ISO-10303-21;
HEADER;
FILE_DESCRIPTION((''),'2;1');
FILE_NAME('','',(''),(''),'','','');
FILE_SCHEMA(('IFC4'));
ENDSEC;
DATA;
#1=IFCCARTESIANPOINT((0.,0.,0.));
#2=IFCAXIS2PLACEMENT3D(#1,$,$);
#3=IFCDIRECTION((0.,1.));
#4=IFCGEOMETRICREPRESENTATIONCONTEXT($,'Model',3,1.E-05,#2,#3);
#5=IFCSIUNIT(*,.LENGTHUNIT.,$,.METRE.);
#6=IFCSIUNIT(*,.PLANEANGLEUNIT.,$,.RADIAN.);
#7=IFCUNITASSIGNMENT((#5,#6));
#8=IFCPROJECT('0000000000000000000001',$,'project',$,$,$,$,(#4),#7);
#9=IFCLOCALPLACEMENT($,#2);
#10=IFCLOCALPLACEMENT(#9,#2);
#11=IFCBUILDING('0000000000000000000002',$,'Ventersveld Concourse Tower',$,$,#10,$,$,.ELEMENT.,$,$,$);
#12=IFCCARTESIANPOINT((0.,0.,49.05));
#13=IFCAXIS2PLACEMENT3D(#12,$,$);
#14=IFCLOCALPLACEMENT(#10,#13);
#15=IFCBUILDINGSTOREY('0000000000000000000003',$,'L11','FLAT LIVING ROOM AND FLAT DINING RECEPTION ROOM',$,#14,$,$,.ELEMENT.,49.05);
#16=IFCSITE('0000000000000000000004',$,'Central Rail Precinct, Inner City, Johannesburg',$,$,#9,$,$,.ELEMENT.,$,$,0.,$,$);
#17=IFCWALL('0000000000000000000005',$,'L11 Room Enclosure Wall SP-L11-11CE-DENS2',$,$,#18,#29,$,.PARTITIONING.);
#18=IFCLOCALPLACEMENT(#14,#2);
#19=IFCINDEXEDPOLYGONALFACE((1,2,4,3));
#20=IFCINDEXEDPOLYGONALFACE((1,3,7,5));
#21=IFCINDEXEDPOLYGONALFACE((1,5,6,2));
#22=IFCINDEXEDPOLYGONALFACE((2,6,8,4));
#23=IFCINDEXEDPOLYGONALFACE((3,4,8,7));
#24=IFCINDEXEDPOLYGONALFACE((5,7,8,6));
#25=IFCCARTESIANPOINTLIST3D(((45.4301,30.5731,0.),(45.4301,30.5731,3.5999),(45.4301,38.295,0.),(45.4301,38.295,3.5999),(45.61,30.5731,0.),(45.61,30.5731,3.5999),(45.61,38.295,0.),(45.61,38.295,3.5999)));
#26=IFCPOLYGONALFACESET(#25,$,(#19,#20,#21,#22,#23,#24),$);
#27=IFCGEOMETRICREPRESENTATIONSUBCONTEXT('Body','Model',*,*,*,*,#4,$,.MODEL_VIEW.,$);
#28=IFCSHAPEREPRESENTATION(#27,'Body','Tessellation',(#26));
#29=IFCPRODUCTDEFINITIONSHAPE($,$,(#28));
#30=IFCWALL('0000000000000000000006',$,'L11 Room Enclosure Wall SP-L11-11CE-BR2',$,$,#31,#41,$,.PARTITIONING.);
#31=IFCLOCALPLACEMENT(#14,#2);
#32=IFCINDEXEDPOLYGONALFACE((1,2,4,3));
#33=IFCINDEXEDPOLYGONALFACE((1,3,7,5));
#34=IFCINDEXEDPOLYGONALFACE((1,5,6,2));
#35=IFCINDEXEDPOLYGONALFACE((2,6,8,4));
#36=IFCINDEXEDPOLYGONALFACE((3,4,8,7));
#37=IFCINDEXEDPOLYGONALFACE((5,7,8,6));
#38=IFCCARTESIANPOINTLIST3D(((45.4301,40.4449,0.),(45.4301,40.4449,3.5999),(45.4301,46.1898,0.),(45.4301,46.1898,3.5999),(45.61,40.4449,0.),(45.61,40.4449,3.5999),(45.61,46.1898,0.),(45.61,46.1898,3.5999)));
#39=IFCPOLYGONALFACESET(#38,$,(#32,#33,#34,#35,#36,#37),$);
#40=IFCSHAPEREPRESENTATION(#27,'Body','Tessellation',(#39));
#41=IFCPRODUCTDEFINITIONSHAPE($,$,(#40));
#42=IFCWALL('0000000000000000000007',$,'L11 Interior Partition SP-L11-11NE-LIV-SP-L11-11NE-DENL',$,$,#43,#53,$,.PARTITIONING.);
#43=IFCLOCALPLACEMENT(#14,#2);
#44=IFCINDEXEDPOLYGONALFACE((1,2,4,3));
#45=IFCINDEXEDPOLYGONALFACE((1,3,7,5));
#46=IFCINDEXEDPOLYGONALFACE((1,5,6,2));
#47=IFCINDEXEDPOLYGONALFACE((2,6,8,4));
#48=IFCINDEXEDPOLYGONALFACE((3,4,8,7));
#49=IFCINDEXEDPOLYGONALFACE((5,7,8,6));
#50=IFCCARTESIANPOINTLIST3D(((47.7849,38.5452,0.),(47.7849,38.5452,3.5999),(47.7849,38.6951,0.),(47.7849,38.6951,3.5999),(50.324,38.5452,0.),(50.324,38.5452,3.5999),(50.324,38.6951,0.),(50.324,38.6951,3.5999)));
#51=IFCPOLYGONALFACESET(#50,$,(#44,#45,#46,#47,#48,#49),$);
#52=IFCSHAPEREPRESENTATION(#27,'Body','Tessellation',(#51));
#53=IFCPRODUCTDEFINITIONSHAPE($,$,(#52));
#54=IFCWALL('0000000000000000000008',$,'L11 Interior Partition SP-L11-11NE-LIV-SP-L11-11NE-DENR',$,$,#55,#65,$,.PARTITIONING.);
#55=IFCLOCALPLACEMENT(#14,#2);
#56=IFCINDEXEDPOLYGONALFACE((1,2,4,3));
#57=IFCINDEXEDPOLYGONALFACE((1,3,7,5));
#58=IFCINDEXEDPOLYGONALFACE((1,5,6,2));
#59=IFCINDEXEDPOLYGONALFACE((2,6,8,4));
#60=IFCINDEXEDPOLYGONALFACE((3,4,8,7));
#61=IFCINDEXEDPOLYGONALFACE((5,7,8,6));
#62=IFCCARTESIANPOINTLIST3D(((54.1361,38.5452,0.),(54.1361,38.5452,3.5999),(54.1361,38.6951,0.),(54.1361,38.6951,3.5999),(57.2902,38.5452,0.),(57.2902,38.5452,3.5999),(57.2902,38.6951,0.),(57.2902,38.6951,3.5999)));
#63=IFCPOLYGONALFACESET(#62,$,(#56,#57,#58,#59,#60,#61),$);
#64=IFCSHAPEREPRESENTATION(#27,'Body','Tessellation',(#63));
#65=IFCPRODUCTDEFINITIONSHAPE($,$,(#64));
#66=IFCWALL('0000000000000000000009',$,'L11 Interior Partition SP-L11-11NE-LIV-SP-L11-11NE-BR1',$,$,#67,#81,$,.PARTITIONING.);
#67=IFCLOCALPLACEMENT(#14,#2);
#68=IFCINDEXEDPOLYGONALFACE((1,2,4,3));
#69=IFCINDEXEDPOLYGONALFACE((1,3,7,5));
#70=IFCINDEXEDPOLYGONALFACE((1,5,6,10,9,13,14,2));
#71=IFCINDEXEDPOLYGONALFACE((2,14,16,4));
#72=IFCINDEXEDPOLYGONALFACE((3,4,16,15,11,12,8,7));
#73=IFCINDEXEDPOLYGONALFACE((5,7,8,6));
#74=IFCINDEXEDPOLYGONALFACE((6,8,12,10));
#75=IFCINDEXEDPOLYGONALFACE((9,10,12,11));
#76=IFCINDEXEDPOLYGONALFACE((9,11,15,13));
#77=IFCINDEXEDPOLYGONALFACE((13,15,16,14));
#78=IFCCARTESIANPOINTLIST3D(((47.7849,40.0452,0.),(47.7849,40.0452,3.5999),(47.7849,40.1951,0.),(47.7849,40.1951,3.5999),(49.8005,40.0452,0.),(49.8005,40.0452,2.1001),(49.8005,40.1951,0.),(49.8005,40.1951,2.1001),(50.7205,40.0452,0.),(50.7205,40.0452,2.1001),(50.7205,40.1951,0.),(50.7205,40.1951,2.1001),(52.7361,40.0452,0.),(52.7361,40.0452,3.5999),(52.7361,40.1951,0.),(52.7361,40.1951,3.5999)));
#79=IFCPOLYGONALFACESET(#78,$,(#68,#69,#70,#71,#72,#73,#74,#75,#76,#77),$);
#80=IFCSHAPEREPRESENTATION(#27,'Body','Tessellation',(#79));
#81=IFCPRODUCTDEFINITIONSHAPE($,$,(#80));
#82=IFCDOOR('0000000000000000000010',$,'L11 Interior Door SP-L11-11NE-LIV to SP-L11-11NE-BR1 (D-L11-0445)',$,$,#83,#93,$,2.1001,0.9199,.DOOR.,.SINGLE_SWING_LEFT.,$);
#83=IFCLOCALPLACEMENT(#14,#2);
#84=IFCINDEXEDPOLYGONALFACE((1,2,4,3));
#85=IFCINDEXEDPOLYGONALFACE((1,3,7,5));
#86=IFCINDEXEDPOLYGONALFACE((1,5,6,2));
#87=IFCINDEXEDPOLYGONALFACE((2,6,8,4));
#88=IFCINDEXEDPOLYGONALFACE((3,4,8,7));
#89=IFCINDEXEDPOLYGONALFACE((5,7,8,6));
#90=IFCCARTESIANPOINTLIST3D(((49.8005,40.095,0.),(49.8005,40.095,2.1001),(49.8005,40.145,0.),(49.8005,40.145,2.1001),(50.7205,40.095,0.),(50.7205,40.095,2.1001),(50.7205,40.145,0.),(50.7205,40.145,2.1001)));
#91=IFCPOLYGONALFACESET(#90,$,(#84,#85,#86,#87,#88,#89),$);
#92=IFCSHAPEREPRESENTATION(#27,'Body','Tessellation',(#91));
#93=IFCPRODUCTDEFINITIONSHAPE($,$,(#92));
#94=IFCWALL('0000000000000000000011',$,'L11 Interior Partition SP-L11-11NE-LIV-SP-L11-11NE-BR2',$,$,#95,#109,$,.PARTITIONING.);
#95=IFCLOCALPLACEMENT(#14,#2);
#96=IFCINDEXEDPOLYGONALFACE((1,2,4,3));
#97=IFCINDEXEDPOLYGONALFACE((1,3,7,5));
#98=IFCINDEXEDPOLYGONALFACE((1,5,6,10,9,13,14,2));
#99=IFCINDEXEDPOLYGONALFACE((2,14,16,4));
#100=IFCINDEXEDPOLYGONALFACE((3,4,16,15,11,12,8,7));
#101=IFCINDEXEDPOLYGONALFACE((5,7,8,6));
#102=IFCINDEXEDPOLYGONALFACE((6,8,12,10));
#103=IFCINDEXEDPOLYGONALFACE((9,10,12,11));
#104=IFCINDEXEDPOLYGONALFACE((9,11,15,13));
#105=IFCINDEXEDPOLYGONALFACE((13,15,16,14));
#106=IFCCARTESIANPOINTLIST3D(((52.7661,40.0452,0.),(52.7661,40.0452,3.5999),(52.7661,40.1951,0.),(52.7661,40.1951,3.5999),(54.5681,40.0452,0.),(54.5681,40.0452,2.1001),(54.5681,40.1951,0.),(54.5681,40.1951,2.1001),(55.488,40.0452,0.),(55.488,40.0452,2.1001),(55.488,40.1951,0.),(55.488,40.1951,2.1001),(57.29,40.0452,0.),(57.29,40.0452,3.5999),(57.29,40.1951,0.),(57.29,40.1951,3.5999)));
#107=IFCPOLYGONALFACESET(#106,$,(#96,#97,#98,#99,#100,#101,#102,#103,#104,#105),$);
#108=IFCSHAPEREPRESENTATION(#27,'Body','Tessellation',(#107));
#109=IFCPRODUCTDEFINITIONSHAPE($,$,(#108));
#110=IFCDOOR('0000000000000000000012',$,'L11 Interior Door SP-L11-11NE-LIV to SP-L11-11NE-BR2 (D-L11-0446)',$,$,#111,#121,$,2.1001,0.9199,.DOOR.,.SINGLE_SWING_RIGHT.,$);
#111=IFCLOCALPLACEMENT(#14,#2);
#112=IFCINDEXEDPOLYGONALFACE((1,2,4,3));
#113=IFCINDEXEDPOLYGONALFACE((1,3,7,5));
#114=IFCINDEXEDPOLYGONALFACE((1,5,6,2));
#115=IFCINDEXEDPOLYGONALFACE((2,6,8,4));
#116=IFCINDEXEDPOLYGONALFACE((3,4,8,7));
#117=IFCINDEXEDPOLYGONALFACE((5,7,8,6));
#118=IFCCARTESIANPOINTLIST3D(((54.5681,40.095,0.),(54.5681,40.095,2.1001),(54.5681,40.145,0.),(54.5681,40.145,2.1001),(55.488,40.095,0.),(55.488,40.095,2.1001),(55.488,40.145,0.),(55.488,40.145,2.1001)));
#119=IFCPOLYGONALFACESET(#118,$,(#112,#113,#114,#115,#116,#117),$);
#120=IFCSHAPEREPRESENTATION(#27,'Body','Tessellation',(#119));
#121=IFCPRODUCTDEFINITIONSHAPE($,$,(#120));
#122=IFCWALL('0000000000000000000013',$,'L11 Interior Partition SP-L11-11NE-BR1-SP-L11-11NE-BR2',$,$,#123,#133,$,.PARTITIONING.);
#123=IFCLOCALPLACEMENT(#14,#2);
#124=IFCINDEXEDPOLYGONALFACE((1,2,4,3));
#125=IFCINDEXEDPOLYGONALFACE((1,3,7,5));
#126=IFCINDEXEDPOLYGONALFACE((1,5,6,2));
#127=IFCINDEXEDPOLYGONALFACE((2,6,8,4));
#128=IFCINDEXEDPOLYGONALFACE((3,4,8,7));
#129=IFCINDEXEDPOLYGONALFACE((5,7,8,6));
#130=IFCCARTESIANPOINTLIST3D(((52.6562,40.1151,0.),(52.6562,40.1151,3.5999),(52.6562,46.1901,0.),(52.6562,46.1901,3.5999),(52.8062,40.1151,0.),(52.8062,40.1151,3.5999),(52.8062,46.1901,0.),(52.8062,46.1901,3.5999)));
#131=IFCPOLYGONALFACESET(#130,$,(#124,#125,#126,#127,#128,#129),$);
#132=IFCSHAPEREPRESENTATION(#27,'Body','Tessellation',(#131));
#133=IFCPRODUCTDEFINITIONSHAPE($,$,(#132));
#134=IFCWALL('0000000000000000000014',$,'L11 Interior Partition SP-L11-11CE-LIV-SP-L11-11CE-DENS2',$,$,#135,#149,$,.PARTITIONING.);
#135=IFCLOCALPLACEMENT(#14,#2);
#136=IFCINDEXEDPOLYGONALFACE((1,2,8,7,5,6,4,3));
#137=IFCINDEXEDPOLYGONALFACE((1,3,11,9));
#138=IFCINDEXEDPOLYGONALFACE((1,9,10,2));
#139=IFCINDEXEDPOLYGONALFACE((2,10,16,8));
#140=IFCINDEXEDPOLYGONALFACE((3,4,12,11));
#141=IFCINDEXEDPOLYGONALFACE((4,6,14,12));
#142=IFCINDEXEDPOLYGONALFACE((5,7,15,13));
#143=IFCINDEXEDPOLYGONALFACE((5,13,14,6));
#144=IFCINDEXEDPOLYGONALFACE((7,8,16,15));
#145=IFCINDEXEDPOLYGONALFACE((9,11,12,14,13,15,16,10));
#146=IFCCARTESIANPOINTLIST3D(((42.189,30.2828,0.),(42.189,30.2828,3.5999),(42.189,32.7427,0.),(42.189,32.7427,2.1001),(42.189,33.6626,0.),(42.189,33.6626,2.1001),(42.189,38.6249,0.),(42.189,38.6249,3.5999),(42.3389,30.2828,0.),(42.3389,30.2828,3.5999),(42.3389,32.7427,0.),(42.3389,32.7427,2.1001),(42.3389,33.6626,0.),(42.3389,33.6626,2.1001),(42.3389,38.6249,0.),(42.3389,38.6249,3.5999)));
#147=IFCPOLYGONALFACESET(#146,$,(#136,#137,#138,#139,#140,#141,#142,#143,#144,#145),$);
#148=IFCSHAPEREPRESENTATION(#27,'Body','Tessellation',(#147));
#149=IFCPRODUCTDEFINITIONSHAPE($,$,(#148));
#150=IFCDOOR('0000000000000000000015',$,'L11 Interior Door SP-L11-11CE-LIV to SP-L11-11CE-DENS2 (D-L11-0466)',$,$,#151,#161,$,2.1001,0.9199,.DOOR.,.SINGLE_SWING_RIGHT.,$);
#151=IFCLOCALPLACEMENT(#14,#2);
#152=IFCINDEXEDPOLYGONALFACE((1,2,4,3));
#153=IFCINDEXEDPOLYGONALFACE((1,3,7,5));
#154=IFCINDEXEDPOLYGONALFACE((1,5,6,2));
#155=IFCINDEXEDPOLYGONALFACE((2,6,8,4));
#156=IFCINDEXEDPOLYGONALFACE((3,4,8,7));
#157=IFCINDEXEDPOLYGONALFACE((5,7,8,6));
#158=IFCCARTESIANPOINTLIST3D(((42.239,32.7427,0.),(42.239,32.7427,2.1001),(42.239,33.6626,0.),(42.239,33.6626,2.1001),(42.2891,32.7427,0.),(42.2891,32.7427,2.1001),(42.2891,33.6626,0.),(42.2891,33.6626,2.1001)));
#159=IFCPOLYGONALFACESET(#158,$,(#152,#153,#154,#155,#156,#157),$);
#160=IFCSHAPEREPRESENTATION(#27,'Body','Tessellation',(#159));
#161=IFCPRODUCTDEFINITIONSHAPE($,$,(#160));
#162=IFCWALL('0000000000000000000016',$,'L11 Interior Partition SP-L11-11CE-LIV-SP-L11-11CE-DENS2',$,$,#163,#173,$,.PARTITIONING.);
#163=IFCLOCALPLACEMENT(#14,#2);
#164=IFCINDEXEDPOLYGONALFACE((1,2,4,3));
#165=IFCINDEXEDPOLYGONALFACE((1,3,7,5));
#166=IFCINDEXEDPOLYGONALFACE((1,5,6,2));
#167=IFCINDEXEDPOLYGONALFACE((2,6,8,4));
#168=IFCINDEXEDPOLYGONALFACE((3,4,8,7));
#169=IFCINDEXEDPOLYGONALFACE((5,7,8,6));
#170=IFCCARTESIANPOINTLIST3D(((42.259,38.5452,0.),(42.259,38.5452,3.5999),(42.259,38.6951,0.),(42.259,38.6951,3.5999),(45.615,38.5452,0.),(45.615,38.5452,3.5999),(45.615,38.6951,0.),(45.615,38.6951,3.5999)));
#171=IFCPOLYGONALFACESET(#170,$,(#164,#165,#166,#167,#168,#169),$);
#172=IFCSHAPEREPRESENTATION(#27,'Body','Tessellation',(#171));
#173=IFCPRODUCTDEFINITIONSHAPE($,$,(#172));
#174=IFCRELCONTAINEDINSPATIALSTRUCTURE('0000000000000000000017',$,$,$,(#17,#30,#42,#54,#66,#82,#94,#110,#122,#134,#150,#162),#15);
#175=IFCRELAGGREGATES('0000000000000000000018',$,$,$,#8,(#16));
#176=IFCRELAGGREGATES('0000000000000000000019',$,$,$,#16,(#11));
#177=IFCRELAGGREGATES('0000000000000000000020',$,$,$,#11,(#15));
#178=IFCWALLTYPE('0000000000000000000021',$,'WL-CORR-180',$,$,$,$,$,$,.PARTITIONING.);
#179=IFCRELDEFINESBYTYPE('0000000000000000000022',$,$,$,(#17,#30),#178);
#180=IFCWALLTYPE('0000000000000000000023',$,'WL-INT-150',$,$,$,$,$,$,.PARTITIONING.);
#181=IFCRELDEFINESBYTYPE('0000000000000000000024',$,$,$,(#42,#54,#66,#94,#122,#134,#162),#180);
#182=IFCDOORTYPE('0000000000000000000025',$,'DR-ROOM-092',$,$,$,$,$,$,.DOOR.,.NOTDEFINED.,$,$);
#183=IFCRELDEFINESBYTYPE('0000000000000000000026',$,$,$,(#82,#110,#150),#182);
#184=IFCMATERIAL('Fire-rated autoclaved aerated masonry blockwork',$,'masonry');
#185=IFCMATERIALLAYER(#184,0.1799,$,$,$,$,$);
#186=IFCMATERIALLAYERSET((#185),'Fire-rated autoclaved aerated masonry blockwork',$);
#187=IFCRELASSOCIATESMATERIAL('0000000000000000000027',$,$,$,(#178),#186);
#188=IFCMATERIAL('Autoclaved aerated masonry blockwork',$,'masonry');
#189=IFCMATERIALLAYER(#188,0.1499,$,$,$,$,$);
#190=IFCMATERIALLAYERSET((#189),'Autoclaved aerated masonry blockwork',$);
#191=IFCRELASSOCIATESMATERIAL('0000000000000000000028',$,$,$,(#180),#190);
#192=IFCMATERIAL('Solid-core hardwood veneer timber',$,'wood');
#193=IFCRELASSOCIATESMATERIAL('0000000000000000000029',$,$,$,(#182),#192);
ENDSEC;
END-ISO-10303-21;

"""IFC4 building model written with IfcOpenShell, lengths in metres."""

from ifc_helpers import new_model, si_unit, direction, frame, frame_2d, origin, place, context, subcontext, project, spatial, rectangle, extrude, material, layer, layer_set, type_object, element, fill, save


model = new_model("IFC4")

# Units and contexts
model_context = context("Model", 3, precision=1e-05, world=origin(), true_north=direction((0.0, 1.0)))
body_context = subcontext(model_context, "Body", "Model", "MODEL_VIEW")
ifc_project = project(units=[si_unit("LENGTHUNIT", "METRE"), si_unit("PLANEANGLEUNIT", "RADIAN")], contexts=[model_context])

# Site, building, storey
site_placement = place(None, origin())
site = spatial("IfcSite", under=ifc_project, at=site_placement, Name="Central Rail Precinct, Inner City, Johannesburg", CompositionType="ELEMENT", RefElevation=0.0)
building_placement = place(site_placement, origin())
building = spatial("IfcBuilding", under=site, at=building_placement, Name="Ventersveld Concourse Tower", CompositionType="ELEMENT")
storey_placement = place(building_placement, frame((0.0, 0.0, 49.05)))
storey = spatial("IfcBuildingStorey", under=building, at=storey_placement, Name="L11", Description="FLAT LIVING ROOM AND FLAT DINING RECEPTION ROOM", CompositionType="ELEMENT", Elevation=49.05)

# Walls
ifc_material_1 = material(Name="Fire-rated autoclaved aerated masonry blockwork", Category="masonry")
ifc_layer_1 = layer(ifc_material_1, 0.1799)
ifc_layer_set_1 = layer_set([ifc_layer_1], Name="Fire-rated autoclaved aerated masonry blockwork")
wall_type_1 = type_object("IfcWallType", Name="WL-CORR-180", PredefinedType="PARTITIONING", material=ifc_layer_set_1)
wall_1_placement = place(storey_placement, frame((45.52, 38.2949, 0.0), z_axis=(0.0, 0.0, 1.0), x_axis=(0.0, -1.0, 0.0)))
element("IfcWall", 1, at=wall_1_placement, inside=storey, type_object=wall_type_1, Name="L11 Room Enclosure Wall SP-L11-11CE-DENS2", PredefinedType="PARTITIONING", context=body_context, shape_type="SweptSolid", body=[
    extrude(rectangle(XDim=7.7219, YDim=0.1799, at=frame_2d((3.8608, 0.0))), origin(), (0.0, 0.0, 1.0), 3.5999),
])
wall_2_placement = place(storey_placement, frame((45.52, 46.1899, 0.0), z_axis=(0.0, 0.0, 1.0), x_axis=(0.0, -1.0, 0.0)))
element("IfcWall", 2, at=wall_2_placement, inside=storey, type_object=wall_type_1, Name="L11 Room Enclosure Wall SP-L11-11CE-BR2", PredefinedType="PARTITIONING", context=body_context, shape_type="SweptSolid", body=[
    extrude(rectangle(XDim=5.7449, YDim=0.1799, at=frame_2d((2.8726, 0.0))), origin(), (0.0, 0.0, 1.0), 3.5999),
])
ifc_material_2 = material(Name="Autoclaved aerated masonry blockwork", Category="masonry")
ifc_layer_2 = layer(ifc_material_2, 0.1499)
ifc_layer_set_2 = layer_set([ifc_layer_2], Name="Autoclaved aerated masonry blockwork")
wall_type_2 = type_object("IfcWallType", Name="WL-INT-150", PredefinedType="PARTITIONING", material=ifc_layer_set_2)
wall_3_placement = place(storey_placement, frame((47.7849, 38.6201, 0.0), z_axis=(0.0, 0.0, 1.0), x_axis=(1.0, 0.0, 0.0)))
element("IfcWall", 3, at=wall_3_placement, inside=storey, type_object=wall_type_2, Name="L11 Interior Partition SP-L11-11NE-LIV-SP-L11-11NE-DENL", PredefinedType="PARTITIONING", context=body_context, shape_type="SweptSolid", body=[
    extrude(rectangle(XDim=2.5391, YDim=0.1499, at=frame_2d((1.2695, 0.0))), origin(), (0.0, 0.0, 1.0), 3.5999),
])
wall_4_placement = place(storey_placement, frame((54.136, 38.6201, 0.0), z_axis=(0.0, 0.0, 1.0), x_axis=(1.0, 0.0, 0.0)))
element("IfcWall", 4, at=wall_4_placement, inside=storey, type_object=wall_type_2, Name="L11 Interior Partition SP-L11-11NE-LIV-SP-L11-11NE-DENR", PredefinedType="PARTITIONING", context=body_context, shape_type="SweptSolid", body=[
    extrude(rectangle(XDim=3.1541, YDim=0.1499, at=frame_2d((1.5771, 0.0))), origin(), (0.0, 0.0, 1.0), 3.5999),
])

# Walls, openings, doors
wall_5_placement = place(storey_placement, frame((47.7849, 40.1201, 0.0), z_axis=(0.0, 0.0, 1.0), x_axis=(1.0, 0.0, 0.0)))
wall_5 = element("IfcWall", 5, at=wall_5_placement, inside=storey, type_object=wall_type_2, Name="L11 Interior Partition SP-L11-11NE-LIV-SP-L11-11NE-BR1", PredefinedType="PARTITIONING", context=body_context, shape_type="SweptSolid", body=[
    extrude(rectangle(XDim=4.9512, YDim=0.1499, at=frame_2d((2.4756, 0.0))), origin(), (0.0, 0.0, 1.0), 3.5999),
])
opening_1_placement = place(wall_5_placement, frame((2.0156, 0.0, 0.0)))
opening_1 = element("IfcOpeningElement", 6, at=opening_1_placement, cuts=wall_5, PredefinedType="OPENING", context=body_context, shape_type="SweptSolid", body=[
    extrude(rectangle(XDim=0.9199, YDim=2.1001, at=frame_2d((0.46, 1.05))), frame((0.0, 0.085, 0.0), z_axis=(0.0, -1.0, 0.0), x_axis=(1.0, 0.0, 0.0)), (0.0, 0.0, 1.0), 0.1699),
])
ifc_material_3 = material(Name="Solid-core hardwood veneer timber", Category="wood")
door_type = type_object("IfcDoorType", Name="DR-ROOM-092", OperationType="NOTDEFINED", PredefinedType="DOOR", material=ifc_material_3)
door_1_placement = place(opening_1_placement, origin())
door_1 = element("IfcDoor", 7, at=door_1_placement, inside=storey, type_object=door_type, Name="L11 Interior Door SP-L11-11NE-LIV to SP-L11-11NE-BR1 (D-L11-0445)", OperationType="SINGLE_SWING_LEFT", OverallHeight=2.1001, OverallWidth=0.9199, PredefinedType="DOOR", context=body_context, shape_type="SweptSolid", body=[
    extrude(rectangle(XDim=0.9199, YDim=2.1001, at=frame_2d((0.46, 1.05))), frame((0.0, 0.0249, 0.0), z_axis=(0.0, -1.0, 0.0), x_axis=(1.0, 0.0, 0.0)), (0.0, 0.0, 1.0), 0.05),
])
fill(opening_1, door_1)
wall_6_placement = place(storey_placement, frame((52.7661, 40.1201, 0.0), z_axis=(0.0, 0.0, 1.0), x_axis=(1.0, 0.0, 0.0)))
wall_6 = element("IfcWall", 8, at=wall_6_placement, inside=storey, type_object=wall_type_2, Name="L11 Interior Partition SP-L11-11NE-LIV-SP-L11-11NE-BR2", PredefinedType="PARTITIONING", context=body_context, shape_type="SweptSolid", body=[
    extrude(rectangle(XDim=4.5239, YDim=0.1499, at=frame_2d((2.262, 0.0))), origin(), (0.0, 0.0, 1.0), 3.5999),
])
opening_2_placement = place(wall_6_placement, frame((1.802, 0.0, 0.0)))
opening_2 = element("IfcOpeningElement", 9, at=opening_2_placement, cuts=wall_6, PredefinedType="OPENING", context=body_context, shape_type="SweptSolid", body=[
    extrude(rectangle(XDim=0.9199, YDim=2.1001, at=frame_2d((0.46, 1.05))), frame((0.0, 0.085, 0.0), z_axis=(0.0, -1.0, 0.0), x_axis=(1.0, 0.0, 0.0)), (0.0, 0.0, 1.0), 0.1699),
])
door_2_placement = place(opening_2_placement, origin())
door_2 = element("IfcDoor", 10, at=door_2_placement, inside=storey, type_object=door_type, Name="L11 Interior Door SP-L11-11NE-LIV to SP-L11-11NE-BR2 (D-L11-0446)", OperationType="SINGLE_SWING_RIGHT", OverallHeight=2.1001, OverallWidth=0.9199, PredefinedType="DOOR", context=body_context, shape_type="SweptSolid", body=[
    extrude(rectangle(XDim=0.9199, YDim=2.1001, at=frame_2d((0.46, 1.05))), frame((0.0, 0.0249, 0.0), z_axis=(0.0, -1.0, 0.0), x_axis=(1.0, 0.0, 0.0)), (0.0, 0.0, 1.0), 0.05),
])
fill(opening_2, door_2)

# Wall
wall_7_placement = place(storey_placement, frame((52.7312, 40.115, 0.0), z_axis=(0.0, 0.0, 1.0), x_axis=(0.0, 1.0, 0.0)))
element("IfcWall", 11, at=wall_7_placement, inside=storey, type_object=wall_type_2, Name="L11 Interior Partition SP-L11-11NE-BR1-SP-L11-11NE-BR2", PredefinedType="PARTITIONING", context=body_context, shape_type="SweptSolid", body=[
    extrude(rectangle(XDim=6.075, YDim=0.1499, at=frame_2d((3.0376, 0.0))), origin(), (0.0, 0.0, 1.0), 3.5999),
])

# Wall, opening, door
wall_8_placement = place(storey_placement, frame((42.2639, 30.283, 0.0), z_axis=(0.0, 0.0, 1.0), x_axis=(0.0, 1.0, 0.0)))
wall_8 = element("IfcWall", 12, at=wall_8_placement, inside=storey, type_object=wall_type_2, Name="L11 Interior Partition SP-L11-11CE-LIV-SP-L11-11CE-DENS2", PredefinedType="PARTITIONING", context=body_context, shape_type="SweptSolid", body=[
    extrude(rectangle(XDim=8.342, YDim=0.1499, at=frame_2d((4.1709, 0.0))), origin(), (0.0, 0.0, 1.0), 3.5999),
])
opening_3_placement = place(wall_8_placement, frame((2.4597, 0.0, 0.0)))
opening_3 = element("IfcOpeningElement", 13, at=opening_3_placement, cuts=wall_8, PredefinedType="OPENING", context=body_context, shape_type="SweptSolid", body=[
    extrude(rectangle(XDim=0.9199, YDim=2.1001, at=frame_2d((0.46, 1.05))), frame((0.0, 0.085, 0.0), z_axis=(0.0, -1.0, 0.0), x_axis=(1.0, 0.0, 0.0)), (0.0, 0.0, 1.0), 0.1699),
])
door_3_placement = place(opening_3_placement, origin())
door_3 = element("IfcDoor", 14, at=door_3_placement, inside=storey, type_object=door_type, Name="L11 Interior Door SP-L11-11CE-LIV to SP-L11-11CE-DENS2 (D-L11-0466)", OperationType="SINGLE_SWING_RIGHT", OverallHeight=2.1001, OverallWidth=0.9199, PredefinedType="DOOR", context=body_context, shape_type="SweptSolid", body=[
    extrude(rectangle(XDim=0.9199, YDim=2.1001, at=frame_2d((0.46, 1.05))), frame((0.0, 0.0249, 0.0), z_axis=(0.0, -1.0, 0.0), x_axis=(1.0, 0.0, 0.0)), (0.0, 0.0, 1.0), 0.05),
])
fill(opening_3, door_3)

# Wall
wall_9_placement = place(storey_placement, frame((42.259, 38.6201, 0.0), z_axis=(0.0, 0.0, 1.0), x_axis=(1.0, 0.0, 0.0)))
element("IfcWall", 15, at=wall_9_placement, inside=storey, type_object=wall_type_2, Name="L11 Interior Partition SP-L11-11CE-LIV-SP-L11-11CE-DENS2", PredefinedType="PARTITIONING", context=body_context, shape_type="SweptSolid", body=[
    extrude(rectangle(XDim=3.356, YDim=0.1499, at=frame_2d((1.678, 0.0))), origin(), (0.0, 0.0, 1.0), 3.5999),
])

save(model, "model.ifc")
